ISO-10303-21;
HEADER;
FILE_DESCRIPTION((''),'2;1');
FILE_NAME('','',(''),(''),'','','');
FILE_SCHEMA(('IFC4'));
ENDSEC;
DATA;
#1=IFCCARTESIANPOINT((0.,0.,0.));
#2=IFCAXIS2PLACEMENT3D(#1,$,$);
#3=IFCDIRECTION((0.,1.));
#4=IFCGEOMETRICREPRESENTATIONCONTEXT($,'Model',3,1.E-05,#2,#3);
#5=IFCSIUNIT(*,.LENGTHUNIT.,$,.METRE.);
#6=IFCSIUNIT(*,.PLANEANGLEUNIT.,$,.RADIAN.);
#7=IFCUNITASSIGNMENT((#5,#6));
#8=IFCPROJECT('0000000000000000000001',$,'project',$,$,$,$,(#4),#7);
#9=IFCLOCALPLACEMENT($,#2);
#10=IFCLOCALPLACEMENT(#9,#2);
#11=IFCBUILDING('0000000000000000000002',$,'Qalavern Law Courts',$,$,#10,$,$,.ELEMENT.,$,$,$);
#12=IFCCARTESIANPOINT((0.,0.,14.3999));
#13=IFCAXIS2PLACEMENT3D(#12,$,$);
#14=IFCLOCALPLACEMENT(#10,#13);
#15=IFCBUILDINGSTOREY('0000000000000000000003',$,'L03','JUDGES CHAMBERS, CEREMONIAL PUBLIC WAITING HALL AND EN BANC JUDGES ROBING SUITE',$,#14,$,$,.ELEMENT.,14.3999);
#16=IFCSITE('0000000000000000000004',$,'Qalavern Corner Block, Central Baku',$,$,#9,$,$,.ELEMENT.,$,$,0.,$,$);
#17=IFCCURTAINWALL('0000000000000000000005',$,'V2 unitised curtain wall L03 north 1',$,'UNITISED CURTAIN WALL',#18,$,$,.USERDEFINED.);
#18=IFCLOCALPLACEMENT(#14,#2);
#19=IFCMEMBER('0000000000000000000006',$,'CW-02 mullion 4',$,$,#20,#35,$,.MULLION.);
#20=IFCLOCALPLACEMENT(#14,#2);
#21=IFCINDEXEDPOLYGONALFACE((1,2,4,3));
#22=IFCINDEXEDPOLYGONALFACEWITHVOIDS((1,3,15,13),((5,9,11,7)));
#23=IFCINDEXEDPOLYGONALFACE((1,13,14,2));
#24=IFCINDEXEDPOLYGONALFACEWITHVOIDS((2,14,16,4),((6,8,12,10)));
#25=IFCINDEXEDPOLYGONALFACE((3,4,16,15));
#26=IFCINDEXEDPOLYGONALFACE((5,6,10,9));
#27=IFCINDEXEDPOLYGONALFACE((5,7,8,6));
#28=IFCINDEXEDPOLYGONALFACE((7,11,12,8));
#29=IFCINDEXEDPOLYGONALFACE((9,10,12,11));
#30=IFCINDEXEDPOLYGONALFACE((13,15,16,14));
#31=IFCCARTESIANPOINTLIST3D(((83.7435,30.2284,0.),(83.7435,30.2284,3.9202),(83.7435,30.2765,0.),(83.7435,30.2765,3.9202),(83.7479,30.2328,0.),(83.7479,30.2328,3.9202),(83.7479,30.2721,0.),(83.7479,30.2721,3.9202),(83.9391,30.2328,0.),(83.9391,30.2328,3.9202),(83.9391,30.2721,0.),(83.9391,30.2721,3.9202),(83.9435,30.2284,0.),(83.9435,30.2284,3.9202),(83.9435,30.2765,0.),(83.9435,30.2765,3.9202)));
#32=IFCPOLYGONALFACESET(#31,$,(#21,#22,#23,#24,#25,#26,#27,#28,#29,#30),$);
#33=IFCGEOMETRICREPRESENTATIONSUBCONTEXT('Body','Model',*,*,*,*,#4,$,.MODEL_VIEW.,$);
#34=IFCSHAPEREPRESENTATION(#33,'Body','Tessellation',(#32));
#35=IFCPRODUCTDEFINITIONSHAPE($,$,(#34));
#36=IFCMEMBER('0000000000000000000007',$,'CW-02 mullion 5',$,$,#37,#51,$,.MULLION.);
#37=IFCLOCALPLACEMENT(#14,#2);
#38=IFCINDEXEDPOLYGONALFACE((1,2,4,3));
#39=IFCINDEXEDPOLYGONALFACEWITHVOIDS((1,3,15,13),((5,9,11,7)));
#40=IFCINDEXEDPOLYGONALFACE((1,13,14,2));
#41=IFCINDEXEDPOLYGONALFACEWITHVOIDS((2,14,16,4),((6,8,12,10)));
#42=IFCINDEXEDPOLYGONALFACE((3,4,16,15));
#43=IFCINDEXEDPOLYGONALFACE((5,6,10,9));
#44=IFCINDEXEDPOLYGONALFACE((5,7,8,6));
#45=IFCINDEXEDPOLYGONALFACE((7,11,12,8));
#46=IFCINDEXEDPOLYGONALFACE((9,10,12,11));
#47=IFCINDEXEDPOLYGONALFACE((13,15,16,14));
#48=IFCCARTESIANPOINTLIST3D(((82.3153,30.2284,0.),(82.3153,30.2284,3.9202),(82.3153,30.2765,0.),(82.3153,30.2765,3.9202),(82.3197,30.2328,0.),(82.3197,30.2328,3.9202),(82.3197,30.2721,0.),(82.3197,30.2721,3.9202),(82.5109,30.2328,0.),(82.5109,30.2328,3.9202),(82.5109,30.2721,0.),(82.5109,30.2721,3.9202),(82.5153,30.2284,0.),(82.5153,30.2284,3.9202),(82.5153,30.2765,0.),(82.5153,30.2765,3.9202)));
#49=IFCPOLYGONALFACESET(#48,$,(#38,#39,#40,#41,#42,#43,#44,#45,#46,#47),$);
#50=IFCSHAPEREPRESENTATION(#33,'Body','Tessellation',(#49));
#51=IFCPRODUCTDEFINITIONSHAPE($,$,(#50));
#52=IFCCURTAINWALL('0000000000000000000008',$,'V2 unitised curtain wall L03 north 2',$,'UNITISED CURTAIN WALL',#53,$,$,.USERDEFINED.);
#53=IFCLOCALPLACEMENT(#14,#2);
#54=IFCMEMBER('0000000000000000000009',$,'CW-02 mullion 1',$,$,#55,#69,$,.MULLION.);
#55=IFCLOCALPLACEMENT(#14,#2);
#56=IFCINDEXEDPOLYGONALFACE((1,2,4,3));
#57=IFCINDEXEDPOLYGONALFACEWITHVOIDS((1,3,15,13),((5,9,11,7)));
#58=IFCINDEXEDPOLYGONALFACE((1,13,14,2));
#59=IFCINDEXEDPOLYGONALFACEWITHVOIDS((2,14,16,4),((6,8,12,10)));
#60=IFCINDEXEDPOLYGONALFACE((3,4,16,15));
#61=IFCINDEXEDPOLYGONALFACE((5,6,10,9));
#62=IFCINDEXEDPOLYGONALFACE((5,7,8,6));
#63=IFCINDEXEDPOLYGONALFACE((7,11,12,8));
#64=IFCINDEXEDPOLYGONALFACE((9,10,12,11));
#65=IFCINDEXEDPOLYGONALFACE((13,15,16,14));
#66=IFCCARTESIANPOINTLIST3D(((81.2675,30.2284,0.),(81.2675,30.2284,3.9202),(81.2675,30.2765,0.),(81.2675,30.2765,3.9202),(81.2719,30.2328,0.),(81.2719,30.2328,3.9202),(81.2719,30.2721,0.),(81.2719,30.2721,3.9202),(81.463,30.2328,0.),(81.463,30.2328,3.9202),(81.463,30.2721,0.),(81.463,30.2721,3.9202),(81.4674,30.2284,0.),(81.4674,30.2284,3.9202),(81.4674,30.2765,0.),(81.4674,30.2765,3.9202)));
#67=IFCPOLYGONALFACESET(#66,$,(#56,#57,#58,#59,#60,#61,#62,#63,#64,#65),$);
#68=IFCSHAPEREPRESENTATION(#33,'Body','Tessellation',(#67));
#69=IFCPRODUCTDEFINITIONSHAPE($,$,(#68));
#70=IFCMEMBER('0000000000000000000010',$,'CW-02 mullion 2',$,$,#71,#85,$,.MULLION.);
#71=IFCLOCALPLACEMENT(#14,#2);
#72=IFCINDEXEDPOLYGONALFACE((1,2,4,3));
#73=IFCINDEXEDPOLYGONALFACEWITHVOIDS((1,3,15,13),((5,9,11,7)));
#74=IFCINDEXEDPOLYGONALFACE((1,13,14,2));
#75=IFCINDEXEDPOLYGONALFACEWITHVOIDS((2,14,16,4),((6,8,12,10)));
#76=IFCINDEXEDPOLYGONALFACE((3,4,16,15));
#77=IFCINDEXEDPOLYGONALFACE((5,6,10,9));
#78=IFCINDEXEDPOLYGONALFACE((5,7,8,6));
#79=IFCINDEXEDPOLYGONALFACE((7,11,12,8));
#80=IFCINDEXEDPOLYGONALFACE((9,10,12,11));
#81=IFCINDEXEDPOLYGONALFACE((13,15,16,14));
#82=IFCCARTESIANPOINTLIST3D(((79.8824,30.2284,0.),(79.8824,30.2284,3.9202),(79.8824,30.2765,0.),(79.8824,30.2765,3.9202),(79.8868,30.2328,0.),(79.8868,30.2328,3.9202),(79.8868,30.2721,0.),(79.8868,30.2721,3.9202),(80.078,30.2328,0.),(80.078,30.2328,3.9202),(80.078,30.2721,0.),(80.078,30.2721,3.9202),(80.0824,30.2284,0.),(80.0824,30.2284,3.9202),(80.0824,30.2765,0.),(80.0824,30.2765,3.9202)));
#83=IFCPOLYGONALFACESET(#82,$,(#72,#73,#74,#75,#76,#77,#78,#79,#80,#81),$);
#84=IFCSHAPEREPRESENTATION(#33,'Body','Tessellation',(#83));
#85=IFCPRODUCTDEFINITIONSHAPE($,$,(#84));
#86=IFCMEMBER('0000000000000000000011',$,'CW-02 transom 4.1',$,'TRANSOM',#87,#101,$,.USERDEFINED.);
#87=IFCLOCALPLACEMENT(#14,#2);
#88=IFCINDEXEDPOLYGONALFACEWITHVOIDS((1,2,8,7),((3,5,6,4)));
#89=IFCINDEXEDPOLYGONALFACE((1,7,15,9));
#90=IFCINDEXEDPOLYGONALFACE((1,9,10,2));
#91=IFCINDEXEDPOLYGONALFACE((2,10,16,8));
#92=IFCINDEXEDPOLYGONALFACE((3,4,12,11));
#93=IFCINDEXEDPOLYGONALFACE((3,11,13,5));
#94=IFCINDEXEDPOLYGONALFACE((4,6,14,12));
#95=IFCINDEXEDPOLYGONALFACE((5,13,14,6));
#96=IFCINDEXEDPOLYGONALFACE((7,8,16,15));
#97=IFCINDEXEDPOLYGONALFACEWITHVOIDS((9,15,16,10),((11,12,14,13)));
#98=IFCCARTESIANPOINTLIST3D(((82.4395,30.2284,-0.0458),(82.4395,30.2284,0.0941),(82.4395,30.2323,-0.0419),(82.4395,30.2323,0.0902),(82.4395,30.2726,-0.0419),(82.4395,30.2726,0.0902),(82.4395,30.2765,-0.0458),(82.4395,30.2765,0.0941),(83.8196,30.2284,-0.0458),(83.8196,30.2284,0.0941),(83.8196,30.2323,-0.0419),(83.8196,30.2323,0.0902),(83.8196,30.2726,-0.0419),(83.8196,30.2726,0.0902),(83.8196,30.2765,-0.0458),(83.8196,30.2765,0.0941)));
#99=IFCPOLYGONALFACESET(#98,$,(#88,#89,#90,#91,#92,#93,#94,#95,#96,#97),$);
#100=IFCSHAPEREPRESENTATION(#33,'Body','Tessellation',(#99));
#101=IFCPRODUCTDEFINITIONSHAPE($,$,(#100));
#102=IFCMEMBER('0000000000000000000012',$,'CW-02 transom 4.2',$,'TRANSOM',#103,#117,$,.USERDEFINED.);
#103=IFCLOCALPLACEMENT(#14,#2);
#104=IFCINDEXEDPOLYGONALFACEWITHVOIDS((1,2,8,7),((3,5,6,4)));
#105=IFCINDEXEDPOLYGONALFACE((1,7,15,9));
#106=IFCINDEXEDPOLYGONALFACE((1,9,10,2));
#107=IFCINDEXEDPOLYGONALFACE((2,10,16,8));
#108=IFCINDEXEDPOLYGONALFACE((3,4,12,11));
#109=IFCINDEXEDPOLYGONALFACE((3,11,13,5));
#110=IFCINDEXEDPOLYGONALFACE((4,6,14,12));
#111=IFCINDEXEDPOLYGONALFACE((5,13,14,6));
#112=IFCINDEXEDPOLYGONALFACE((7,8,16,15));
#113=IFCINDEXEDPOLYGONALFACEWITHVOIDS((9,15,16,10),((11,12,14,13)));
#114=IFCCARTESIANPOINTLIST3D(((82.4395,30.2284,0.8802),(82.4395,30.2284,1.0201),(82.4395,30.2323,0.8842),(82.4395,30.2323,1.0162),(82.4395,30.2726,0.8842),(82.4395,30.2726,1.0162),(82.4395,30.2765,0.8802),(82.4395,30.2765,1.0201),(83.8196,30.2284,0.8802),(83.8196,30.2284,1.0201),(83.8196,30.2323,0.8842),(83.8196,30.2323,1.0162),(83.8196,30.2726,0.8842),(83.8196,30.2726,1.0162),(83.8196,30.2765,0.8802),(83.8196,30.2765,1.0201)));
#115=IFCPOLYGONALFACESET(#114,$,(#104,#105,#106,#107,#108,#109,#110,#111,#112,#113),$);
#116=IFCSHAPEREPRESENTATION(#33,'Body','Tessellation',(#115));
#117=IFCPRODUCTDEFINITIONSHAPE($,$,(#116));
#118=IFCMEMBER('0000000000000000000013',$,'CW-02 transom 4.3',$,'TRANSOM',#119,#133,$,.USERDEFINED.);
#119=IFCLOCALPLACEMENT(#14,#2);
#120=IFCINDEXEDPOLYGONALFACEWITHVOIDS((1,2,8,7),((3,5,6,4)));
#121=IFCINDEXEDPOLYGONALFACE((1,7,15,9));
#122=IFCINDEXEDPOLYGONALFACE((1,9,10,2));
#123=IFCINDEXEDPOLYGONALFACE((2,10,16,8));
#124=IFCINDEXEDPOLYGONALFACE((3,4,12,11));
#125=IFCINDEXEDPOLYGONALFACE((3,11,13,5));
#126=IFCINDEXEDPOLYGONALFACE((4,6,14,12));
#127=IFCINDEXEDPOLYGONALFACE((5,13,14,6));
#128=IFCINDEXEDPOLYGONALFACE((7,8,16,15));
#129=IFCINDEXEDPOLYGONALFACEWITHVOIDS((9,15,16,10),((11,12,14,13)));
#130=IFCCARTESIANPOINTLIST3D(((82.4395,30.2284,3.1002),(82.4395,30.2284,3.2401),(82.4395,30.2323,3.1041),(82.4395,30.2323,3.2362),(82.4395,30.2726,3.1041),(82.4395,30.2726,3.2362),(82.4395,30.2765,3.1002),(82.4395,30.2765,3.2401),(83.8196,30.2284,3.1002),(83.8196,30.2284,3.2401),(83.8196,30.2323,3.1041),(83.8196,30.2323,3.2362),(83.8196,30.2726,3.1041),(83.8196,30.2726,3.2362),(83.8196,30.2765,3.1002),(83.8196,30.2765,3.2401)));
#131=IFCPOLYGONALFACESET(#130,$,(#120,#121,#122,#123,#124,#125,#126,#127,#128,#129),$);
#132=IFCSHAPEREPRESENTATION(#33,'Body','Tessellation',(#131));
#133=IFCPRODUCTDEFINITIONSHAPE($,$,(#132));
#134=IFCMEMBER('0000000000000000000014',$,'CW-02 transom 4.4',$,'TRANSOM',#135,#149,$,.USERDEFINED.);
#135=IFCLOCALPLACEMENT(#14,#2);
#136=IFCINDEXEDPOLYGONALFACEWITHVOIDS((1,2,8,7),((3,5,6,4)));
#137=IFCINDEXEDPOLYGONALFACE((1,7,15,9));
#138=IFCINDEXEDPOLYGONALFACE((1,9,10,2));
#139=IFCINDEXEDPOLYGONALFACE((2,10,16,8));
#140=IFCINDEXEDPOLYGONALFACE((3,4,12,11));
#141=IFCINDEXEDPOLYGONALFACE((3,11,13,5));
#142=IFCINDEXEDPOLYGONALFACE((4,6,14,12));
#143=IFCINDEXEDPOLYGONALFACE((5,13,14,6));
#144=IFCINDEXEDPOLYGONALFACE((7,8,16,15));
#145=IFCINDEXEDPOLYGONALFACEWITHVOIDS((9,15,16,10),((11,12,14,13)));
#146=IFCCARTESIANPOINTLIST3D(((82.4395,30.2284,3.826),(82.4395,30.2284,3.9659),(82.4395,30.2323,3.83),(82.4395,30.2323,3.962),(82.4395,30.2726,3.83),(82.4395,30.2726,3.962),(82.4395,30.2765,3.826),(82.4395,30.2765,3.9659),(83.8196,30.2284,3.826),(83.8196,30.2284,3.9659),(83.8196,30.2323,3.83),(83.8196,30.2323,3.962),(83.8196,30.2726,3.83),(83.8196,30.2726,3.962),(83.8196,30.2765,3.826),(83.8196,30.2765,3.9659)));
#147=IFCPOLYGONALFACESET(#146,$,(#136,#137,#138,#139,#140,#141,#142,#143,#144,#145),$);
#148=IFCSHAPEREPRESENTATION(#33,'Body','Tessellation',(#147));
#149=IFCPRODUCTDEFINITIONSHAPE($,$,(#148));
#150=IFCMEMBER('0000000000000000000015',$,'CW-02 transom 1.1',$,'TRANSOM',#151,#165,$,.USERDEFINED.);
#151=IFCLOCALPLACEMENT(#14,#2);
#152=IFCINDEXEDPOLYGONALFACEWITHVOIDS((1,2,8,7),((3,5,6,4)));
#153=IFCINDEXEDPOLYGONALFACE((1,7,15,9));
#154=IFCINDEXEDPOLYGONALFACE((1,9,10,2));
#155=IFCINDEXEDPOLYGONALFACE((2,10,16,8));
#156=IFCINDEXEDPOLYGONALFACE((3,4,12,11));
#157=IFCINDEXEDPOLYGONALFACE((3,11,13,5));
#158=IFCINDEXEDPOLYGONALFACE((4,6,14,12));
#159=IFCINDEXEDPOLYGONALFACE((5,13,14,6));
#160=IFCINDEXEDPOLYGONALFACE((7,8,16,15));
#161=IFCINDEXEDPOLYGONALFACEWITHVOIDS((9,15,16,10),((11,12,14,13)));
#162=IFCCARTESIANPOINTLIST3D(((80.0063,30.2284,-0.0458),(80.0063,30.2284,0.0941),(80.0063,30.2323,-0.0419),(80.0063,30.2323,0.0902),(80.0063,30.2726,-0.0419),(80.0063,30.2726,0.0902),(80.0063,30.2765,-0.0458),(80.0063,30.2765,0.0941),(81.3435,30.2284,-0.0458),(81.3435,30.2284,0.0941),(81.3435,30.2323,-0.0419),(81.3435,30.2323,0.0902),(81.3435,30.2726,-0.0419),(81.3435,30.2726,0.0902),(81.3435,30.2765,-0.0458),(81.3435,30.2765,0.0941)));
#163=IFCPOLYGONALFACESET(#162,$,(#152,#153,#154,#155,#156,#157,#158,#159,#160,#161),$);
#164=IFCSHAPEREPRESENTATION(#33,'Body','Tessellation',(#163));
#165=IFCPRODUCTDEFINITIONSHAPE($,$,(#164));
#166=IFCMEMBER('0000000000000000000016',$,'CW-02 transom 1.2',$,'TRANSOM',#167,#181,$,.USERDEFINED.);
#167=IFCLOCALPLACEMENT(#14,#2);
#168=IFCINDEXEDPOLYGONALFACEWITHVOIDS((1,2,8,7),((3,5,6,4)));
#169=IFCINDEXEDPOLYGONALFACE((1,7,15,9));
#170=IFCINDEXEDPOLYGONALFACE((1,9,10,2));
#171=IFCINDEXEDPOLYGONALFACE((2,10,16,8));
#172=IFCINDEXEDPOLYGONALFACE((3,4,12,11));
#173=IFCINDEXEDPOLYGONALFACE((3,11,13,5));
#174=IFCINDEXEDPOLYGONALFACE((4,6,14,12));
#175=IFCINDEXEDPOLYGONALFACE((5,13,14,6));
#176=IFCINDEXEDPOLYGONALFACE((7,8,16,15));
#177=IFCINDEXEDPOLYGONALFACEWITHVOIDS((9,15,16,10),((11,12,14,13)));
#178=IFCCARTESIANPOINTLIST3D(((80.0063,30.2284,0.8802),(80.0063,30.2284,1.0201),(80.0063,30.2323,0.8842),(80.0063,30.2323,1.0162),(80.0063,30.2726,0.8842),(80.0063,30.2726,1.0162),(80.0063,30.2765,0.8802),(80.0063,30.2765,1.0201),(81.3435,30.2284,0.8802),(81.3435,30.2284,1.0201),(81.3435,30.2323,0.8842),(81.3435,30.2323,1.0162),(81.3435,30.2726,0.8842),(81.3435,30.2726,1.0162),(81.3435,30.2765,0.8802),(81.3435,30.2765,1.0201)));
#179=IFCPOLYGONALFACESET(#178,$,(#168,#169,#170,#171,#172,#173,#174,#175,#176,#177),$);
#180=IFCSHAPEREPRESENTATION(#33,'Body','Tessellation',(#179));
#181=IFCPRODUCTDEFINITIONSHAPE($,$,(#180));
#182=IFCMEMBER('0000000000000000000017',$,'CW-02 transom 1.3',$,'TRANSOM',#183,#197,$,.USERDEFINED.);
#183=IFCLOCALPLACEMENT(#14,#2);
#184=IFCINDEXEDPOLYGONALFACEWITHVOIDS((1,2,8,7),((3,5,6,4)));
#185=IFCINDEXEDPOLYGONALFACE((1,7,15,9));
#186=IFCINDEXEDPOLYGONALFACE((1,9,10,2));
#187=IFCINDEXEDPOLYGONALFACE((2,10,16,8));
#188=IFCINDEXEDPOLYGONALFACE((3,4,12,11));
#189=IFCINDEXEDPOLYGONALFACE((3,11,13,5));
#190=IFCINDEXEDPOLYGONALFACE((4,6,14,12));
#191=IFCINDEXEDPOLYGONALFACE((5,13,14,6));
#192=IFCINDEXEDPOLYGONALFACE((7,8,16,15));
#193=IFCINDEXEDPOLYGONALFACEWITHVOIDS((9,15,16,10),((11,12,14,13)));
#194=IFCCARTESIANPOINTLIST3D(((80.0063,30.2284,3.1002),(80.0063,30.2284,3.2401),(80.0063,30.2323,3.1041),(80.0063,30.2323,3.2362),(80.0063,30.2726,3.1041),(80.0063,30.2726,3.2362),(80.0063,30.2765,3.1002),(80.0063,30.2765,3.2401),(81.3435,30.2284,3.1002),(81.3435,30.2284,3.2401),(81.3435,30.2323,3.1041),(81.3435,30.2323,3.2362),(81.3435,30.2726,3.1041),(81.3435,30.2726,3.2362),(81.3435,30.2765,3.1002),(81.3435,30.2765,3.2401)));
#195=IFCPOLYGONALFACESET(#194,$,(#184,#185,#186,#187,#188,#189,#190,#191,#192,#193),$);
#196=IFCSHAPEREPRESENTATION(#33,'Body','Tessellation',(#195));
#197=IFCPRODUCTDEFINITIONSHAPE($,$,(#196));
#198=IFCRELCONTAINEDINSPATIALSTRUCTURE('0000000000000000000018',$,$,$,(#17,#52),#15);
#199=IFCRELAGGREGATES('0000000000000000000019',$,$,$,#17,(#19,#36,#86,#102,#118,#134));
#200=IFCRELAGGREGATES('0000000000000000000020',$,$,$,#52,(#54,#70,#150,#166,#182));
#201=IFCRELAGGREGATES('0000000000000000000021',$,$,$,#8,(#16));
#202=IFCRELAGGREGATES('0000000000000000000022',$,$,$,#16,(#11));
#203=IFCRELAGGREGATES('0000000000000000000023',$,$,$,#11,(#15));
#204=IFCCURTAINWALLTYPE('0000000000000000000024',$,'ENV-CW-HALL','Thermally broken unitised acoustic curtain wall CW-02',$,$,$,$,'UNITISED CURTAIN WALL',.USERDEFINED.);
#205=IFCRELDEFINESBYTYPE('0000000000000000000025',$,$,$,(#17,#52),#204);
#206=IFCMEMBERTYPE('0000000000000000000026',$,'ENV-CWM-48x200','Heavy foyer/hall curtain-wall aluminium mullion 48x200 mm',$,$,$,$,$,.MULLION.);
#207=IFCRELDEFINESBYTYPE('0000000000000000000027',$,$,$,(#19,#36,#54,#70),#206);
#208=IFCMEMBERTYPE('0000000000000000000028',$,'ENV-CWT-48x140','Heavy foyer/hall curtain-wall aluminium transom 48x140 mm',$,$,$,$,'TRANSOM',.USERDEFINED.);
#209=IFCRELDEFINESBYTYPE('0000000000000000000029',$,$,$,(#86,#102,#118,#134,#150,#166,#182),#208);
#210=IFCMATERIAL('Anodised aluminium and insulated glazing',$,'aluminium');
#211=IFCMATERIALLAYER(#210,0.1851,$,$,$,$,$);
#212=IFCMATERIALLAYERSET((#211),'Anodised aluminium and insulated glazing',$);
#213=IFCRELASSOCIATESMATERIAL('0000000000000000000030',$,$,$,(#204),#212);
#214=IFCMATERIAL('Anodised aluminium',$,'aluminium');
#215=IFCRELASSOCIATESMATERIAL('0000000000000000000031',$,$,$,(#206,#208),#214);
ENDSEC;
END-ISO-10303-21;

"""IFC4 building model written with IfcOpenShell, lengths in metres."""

from ifc_helpers import new_model, si_unit, direction, frame, origin, origin_2d, place, context, subcontext, project, spatial, hollow_rectangle, extrude, material, layer, layer_set, material_profile, profile_set, type_object, element, aggregate, save


model = new_model("IFC4")

# Units and contexts
model_context = context("Model", 3, precision=1e-05, world=origin(), true_north=direction((0.0, 1.0)))
body_context = subcontext(model_context, "Body", "Model", "MODEL_VIEW")
ifc_project = project(units=[si_unit("LENGTHUNIT", "METRE"), si_unit("PLANEANGLEUNIT", "RADIAN")], contexts=[model_context])

# Site, building, storey
site_placement = place(None, origin())
site = spatial("IfcSite", under=ifc_project, at=site_placement, Name="Qalavern Corner Block, Central Baku", CompositionType="ELEMENT", RefElevation=0.0)
building_placement = place(site_placement, origin())
building = spatial("IfcBuilding", under=site, at=building_placement, Name="Qalavern Law Courts", CompositionType="ELEMENT")
storey_placement = place(building_placement, frame((0.0, 0.0, 14.3999)))
storey = spatial("IfcBuildingStorey", under=building, at=storey_placement, Name="L03", Description="JUDGES CHAMBERS, CEREMONIAL PUBLIC WAITING HALL AND EN BANC JUDGES ROBING SUITE", CompositionType="ELEMENT", Elevation=14.3999)

# Curtain walls, members
ifc_material_1 = material(Name="Anodised aluminium and insulated glazing", Category="aluminium")
ifc_layer_1 = layer(ifc_material_1, 0.1851)
ifc_layer_set_1 = layer_set([ifc_layer_1], Name="Anodised aluminium and insulated glazing")
curtain_wall_type = type_object("IfcCurtainWallType", Name="ENV-CW-HALL", Description="Thermally broken unitised acoustic curtain wall CW-02", ElementType="UNITISED CURTAIN WALL", PredefinedType="USERDEFINED", material=ifc_layer_set_1)
curtain_wall_1_placement = place(storey_placement, origin())
curtain_wall_1 = element("IfcCurtainWall", 1, at=curtain_wall_1_placement, inside=storey, type_object=curtain_wall_type, Name="V2 unitised curtain wall L03 north 1", ObjectType="UNITISED CURTAIN WALL", PredefinedType="USERDEFINED")
ifc_material_2 = material(Name="Anodised aluminium", Category="aluminium")
ifc_material_profile_1 = material_profile(ifc_material_2, hollow_rectangle(XDim=0.0481, YDim=0.2, WallThickness=0.0044, at=origin_2d()), Name="ALU MULLION 48x200")
ifc_profile_set_1 = profile_set([ifc_material_profile_1], Name="Anodised aluminium")
member_type_1 = type_object("IfcMemberType", Name="ENV-CWM-48x200", Description="Heavy foyer/hall curtain-wall aluminium mullion 48x200 mm", PredefinedType="MULLION", material=ifc_profile_set_1)
member_1_placement = place(storey_placement, frame((83.8435, 30.2524, 0.0), z_axis=(0.0, 0.0, 1.0), x_axis=(0.0, -1.0, 0.0)))
member_1 = element("IfcMember", 2, at=member_1_placement, type_object=member_type_1, Name="CW-02 mullion 4", PredefinedType="MULLION", context=body_context, shape_type="SweptSolid", body=[
    extrude(hollow_rectangle(XDim=0.0481, YDim=0.2, WallThickness=0.0044, at=origin_2d()), origin(), (0.0, 0.0, 1.0), 3.9202),
])
member_2_placement = place(storey_placement, frame((82.4153, 30.2524, 0.0), z_axis=(0.0, 0.0, 1.0), x_axis=(0.0, -1.0, 0.0)))
member_2 = element("IfcMember", 3, at=member_2_placement, type_object=member_type_1, Name="CW-02 mullion 5", PredefinedType="MULLION", context=body_context, shape_type="SweptSolid", body=[
    extrude(hollow_rectangle(XDim=0.0481, YDim=0.2, WallThickness=0.0044, at=origin_2d()), origin(), (0.0, 0.0, 1.0), 3.9202),
])
curtain_wall_2_placement = place(storey_placement, origin())
curtain_wall_2 = element("IfcCurtainWall", 4, at=curtain_wall_2_placement, inside=storey, type_object=curtain_wall_type, Name="V2 unitised curtain wall L03 north 2", ObjectType="UNITISED CURTAIN WALL", PredefinedType="USERDEFINED")
member_3_placement = place(storey_placement, frame((81.3674, 30.2524, 0.0), z_axis=(0.0, 0.0, 1.0), x_axis=(0.0, -1.0, 0.0)))
member_3 = element("IfcMember", 5, at=member_3_placement, type_object=member_type_1, Name="CW-02 mullion 1", PredefinedType="MULLION", context=body_context, shape_type="SweptSolid", body=[
    extrude(hollow_rectangle(XDim=0.0481, YDim=0.2, WallThickness=0.0044, at=origin_2d()), origin(), (0.0, 0.0, 1.0), 3.9202),
])
member_4_placement = place(storey_placement, frame((79.9824, 30.2524, 0.0), z_axis=(0.0, 0.0, 1.0), x_axis=(0.0, -1.0, 0.0)))
member_4 = element("IfcMember", 6, at=member_4_placement, type_object=member_type_1, Name="CW-02 mullion 2", PredefinedType="MULLION", context=body_context, shape_type="SweptSolid", body=[
    extrude(hollow_rectangle(XDim=0.0481, YDim=0.2, WallThickness=0.0044, at=origin_2d()), origin(), (0.0, 0.0, 1.0), 3.9202),
])

# Members
ifc_material_profile_2 = material_profile(ifc_material_2, hollow_rectangle(XDim=0.0481, YDim=0.1399, WallThickness=0.0039, at=origin_2d()), Name="ALU TRANSOM 48x140")
ifc_profile_set_2 = profile_set([ifc_material_profile_2], Name="Anodised aluminium")
member_type_2 = type_object("IfcMemberType", Name="ENV-CWT-48x140", Description="Heavy foyer/hall curtain-wall aluminium transom 48x140 mm", ElementType="TRANSOM", PredefinedType="USERDEFINED", material=ifc_profile_set_2)
member_5_placement = place(storey_placement, frame((83.8196, 30.2524, 0.0242), z_axis=(-1.0, 0.0, 0.0), x_axis=(0.0, -1.0, 0.0)))
member_5 = element("IfcMember", 7, at=member_5_placement, type_object=member_type_2, Name="CW-02 transom 4.1", ObjectType="TRANSOM", PredefinedType="USERDEFINED", context=body_context, shape_type="SweptSolid", body=[
    extrude(hollow_rectangle(XDim=0.0481, YDim=0.1399, WallThickness=0.0039, at=origin_2d()), origin(), (0.0, 0.0, 1.0), 1.3801),
])
member_6_placement = place(storey_placement, frame((83.8196, 30.2524, 0.9502), z_axis=(-1.0, 0.0, 0.0), x_axis=(0.0, -1.0, 0.0)))
member_6 = element("IfcMember", 8, at=member_6_placement, type_object=member_type_2, Name="CW-02 transom 4.2", ObjectType="TRANSOM", PredefinedType="USERDEFINED", context=body_context, shape_type="SweptSolid", body=[
    extrude(hollow_rectangle(XDim=0.0481, YDim=0.1399, WallThickness=0.0039, at=origin_2d()), origin(), (0.0, 0.0, 1.0), 1.3801),
])
member_7_placement = place(storey_placement, frame((83.8196, 30.2524, 3.1702), z_axis=(-1.0, 0.0, 0.0), x_axis=(0.0, -1.0, 0.0)))
member_7 = element("IfcMember", 9, at=member_7_placement, type_object=member_type_2, Name="CW-02 transom 4.3", ObjectType="TRANSOM", PredefinedType="USERDEFINED", context=body_context, shape_type="SweptSolid", body=[
    extrude(hollow_rectangle(XDim=0.0481, YDim=0.1399, WallThickness=0.0039, at=origin_2d()), origin(), (0.0, 0.0, 1.0), 1.3801),
])
member_8_placement = place(storey_placement, frame((83.8196, 30.2524, 3.896), z_axis=(-1.0, 0.0, 0.0), x_axis=(0.0, -1.0, 0.0)))
member_8 = element("IfcMember", 10, at=member_8_placement, type_object=member_type_2, Name="CW-02 transom 4.4", ObjectType="TRANSOM", PredefinedType="USERDEFINED", context=body_context, shape_type="SweptSolid", body=[
    extrude(hollow_rectangle(XDim=0.0481, YDim=0.1399, WallThickness=0.0039, at=origin_2d()), origin(), (0.0, 0.0, 1.0), 1.3801),
])
member_9_placement = place(storey_placement, frame((81.3435, 30.2524, 0.0242), z_axis=(-1.0, 0.0, 0.0), x_axis=(0.0, -1.0, 0.0)))
member_9 = element("IfcMember", 11, at=member_9_placement, type_object=member_type_2, Name="CW-02 transom 1.1", ObjectType="TRANSOM", PredefinedType="USERDEFINED", context=body_context, shape_type="SweptSolid", body=[
    extrude(hollow_rectangle(XDim=0.0481, YDim=0.1399, WallThickness=0.0039, at=origin_2d()), origin(), (0.0, 0.0, 1.0), 1.3372),
])
member_10_placement = place(storey_placement, frame((81.3435, 30.2524, 0.9502), z_axis=(-1.0, 0.0, 0.0), x_axis=(0.0, -1.0, 0.0)))
member_10 = element("IfcMember", 12, at=member_10_placement, type_object=member_type_2, Name="CW-02 transom 1.2", ObjectType="TRANSOM", PredefinedType="USERDEFINED", context=body_context, shape_type="SweptSolid", body=[
    extrude(hollow_rectangle(XDim=0.0481, YDim=0.1399, WallThickness=0.0039, at=origin_2d()), origin(), (0.0, 0.0, 1.0), 1.3372),
])
member_11_placement = place(storey_placement, frame((81.3435, 30.2524, 3.1702), z_axis=(-1.0, 0.0, 0.0), x_axis=(0.0, -1.0, 0.0)))
member_11 = element("IfcMember", 13, at=member_11_placement, type_object=member_type_2, Name="CW-02 transom 1.3", ObjectType="TRANSOM", PredefinedType="USERDEFINED", context=body_context, shape_type="SweptSolid", body=[
    extrude(hollow_rectangle(XDim=0.0481, YDim=0.1399, WallThickness=0.0039, at=origin_2d()), origin(), (0.0, 0.0, 1.0), 1.3372),
])

aggregate(curtain_wall_1, [member_1, member_2, member_5, member_6, member_7, member_8])
aggregate(curtain_wall_2, [member_3, member_4, member_9, member_10, member_11])

save(model, "model.ifc")
